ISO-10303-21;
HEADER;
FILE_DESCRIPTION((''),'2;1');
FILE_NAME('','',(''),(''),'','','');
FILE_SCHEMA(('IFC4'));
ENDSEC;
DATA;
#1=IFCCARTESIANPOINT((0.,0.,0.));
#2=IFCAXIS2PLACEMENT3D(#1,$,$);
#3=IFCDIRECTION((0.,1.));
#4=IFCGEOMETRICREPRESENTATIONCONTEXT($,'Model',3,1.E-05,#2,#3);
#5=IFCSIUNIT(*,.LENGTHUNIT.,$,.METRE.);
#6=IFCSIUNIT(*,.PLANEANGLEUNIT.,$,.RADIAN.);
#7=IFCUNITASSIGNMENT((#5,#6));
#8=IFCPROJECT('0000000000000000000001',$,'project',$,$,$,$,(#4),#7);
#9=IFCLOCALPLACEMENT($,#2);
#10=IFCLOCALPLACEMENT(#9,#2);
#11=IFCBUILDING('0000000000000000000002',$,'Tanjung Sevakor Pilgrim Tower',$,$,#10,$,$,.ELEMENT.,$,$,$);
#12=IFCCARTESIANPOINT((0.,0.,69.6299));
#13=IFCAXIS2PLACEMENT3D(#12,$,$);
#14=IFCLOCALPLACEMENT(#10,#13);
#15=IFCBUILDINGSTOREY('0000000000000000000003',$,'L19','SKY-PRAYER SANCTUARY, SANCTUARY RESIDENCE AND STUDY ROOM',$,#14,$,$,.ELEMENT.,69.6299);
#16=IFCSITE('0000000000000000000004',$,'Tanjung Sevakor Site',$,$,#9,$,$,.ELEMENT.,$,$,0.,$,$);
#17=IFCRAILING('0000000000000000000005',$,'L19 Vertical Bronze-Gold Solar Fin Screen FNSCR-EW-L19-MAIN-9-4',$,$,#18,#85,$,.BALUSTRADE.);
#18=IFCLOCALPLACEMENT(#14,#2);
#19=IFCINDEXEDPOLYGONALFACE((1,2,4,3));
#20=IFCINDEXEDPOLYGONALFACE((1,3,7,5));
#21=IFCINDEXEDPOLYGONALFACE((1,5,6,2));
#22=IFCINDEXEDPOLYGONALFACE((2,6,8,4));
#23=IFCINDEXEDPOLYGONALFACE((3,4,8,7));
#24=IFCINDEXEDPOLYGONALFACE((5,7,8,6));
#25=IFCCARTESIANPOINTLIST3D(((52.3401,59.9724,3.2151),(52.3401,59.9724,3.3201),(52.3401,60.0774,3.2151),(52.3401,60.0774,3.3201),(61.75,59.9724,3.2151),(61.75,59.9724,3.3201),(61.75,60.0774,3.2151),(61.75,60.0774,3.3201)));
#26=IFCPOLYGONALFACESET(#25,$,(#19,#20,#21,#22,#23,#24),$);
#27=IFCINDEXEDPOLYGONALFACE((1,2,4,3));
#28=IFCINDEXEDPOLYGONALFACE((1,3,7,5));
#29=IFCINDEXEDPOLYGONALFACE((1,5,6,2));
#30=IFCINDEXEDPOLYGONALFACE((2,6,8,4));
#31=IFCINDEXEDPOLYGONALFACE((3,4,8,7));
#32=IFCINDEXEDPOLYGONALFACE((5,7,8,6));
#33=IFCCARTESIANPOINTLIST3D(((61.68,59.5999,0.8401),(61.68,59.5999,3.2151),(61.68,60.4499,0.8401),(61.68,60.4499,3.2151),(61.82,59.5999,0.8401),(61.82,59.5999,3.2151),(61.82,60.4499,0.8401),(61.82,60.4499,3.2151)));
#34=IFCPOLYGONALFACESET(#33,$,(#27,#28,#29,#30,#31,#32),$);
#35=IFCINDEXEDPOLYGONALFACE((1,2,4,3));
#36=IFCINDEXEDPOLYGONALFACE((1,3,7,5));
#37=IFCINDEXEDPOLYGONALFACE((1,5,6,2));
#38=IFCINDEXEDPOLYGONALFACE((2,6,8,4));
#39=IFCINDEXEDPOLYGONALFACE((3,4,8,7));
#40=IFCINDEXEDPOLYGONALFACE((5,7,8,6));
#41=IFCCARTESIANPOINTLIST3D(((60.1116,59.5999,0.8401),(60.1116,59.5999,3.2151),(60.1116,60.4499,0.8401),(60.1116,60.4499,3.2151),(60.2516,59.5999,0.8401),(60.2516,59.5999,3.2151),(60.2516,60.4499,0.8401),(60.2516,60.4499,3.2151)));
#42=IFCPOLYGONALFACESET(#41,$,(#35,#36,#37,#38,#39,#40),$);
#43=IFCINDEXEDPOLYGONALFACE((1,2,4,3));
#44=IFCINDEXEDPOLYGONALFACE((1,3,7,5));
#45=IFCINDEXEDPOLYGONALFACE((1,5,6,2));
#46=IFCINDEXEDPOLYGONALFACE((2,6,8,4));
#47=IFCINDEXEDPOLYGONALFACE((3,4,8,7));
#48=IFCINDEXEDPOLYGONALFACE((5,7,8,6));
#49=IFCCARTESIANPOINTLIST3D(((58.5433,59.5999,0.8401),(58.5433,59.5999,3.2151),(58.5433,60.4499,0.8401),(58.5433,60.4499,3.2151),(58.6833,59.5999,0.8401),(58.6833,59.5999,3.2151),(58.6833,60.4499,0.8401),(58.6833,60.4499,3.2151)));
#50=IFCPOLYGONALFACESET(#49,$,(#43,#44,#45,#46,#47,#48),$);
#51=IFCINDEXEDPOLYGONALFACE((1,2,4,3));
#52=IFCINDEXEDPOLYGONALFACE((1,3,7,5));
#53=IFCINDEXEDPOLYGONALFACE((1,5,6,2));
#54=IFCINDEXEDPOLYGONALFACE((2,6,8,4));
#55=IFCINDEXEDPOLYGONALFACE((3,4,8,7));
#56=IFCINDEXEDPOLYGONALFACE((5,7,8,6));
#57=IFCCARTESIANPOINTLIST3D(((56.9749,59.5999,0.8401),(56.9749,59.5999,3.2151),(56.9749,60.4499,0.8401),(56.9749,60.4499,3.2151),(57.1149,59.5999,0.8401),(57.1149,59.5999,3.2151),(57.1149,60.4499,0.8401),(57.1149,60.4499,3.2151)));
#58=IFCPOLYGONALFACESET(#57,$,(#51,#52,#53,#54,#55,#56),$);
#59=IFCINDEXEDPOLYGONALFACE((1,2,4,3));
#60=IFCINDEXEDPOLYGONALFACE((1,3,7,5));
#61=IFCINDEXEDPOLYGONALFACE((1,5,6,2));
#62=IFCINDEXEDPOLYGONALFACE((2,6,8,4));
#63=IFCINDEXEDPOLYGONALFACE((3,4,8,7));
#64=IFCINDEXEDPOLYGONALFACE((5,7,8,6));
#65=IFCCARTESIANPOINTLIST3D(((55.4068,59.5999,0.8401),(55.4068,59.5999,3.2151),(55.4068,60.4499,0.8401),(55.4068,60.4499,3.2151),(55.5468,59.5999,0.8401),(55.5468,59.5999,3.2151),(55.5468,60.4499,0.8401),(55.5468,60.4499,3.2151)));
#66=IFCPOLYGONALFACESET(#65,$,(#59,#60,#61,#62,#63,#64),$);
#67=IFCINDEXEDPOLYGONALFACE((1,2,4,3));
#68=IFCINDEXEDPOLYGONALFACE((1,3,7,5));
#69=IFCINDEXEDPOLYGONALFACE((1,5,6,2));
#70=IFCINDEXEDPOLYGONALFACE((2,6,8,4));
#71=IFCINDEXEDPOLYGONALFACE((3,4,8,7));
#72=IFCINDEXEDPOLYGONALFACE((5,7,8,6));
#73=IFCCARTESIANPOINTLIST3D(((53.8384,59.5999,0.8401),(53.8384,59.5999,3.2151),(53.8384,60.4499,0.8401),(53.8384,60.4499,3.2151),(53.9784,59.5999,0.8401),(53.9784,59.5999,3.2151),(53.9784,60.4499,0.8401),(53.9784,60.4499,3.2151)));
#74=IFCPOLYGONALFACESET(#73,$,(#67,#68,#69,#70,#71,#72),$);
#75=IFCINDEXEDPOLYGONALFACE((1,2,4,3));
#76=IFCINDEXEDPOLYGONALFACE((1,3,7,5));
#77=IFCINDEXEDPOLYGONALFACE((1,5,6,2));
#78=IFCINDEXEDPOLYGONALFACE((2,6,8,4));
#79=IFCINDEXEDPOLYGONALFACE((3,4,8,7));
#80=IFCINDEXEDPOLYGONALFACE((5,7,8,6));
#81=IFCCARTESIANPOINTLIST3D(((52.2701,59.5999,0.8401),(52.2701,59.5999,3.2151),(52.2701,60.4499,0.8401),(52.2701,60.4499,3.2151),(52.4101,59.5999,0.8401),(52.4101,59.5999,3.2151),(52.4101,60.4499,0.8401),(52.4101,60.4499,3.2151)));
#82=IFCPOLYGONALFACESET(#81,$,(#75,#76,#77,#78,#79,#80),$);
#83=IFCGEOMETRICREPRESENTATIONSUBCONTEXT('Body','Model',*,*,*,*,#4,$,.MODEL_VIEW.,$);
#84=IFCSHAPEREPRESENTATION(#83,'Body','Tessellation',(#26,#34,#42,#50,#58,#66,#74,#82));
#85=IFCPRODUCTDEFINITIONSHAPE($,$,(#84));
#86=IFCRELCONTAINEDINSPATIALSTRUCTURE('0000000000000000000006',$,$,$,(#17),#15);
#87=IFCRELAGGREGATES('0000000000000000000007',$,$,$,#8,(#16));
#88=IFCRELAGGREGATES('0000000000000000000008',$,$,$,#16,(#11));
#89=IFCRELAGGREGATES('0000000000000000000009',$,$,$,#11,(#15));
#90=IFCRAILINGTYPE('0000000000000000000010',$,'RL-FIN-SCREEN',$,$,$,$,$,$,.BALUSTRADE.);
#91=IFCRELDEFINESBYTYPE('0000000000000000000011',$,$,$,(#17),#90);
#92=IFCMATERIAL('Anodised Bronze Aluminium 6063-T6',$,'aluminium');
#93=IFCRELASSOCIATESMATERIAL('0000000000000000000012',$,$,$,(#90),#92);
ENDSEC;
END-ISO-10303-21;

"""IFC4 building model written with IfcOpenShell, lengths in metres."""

from ifc_helpers import new_model, si_unit, direction, frame, origin, place, context, subcontext, project, spatial, rectangle, extrude, material, type_object, element, save


model = new_model("IFC4")

# Units and contexts
model_context = context("Model", 3, precision=1e-05, world=origin(), true_north=direction((0.0, 1.0)))
body_context = subcontext(model_context, "Body", "Model", "MODEL_VIEW")
ifc_project = project(units=[si_unit("LENGTHUNIT", "METRE"), si_unit("PLANEANGLEUNIT", "RADIAN")], contexts=[model_context])

# Site, building, storey
site_placement = place(None, origin())
site = spatial("IfcSite", under=ifc_project, at=site_placement, Name="Tanjung Sevakor Site", CompositionType="ELEMENT", RefElevation=0.0)
building_placement = place(site_placement, origin())
building = spatial("IfcBuilding", under=site, at=building_placement, Name="Tanjung Sevakor Pilgrim Tower", CompositionType="ELEMENT")
storey_placement = place(building_placement, frame((0.0, 0.0, 69.6299)))
storey = spatial("IfcBuildingStorey", under=building, at=storey_placement, Name="L19", Description="SKY-PRAYER SANCTUARY, SANCTUARY RESIDENCE AND STUDY ROOM", CompositionType="ELEMENT", Elevation=69.6299)

# Railing
ifc_material_1 = material(Name="Anodised Bronze Aluminium 6063-T6", Category="aluminium")
railing_type_1 = type_object("IfcRailingType", Name="RL-FIN-SCREEN", PredefinedType="BALUSTRADE", material=ifc_material_1)
railing_1_placement = place(storey_placement, frame((61.75, 60.0249, 0.8401)))
element("IfcRailing", 1, at=railing_1_placement, inside=storey, type_object=railing_type_1, Name="L19 Vertical Bronze-Gold Solar Fin Screen FNSCR-EW-L19-MAIN-9-4", PredefinedType="BALUSTRADE", context=body_context, shape_type="SweptSolid", body=[
    extrude(rectangle(XDim=0.105, YDim=0.105), frame((0.0, 0.0, 2.4275), z_axis=(-1.0, 0.0, 0.0), x_axis=(0.0, -1.0, 0.0)), (0.0, 0.0, 1.0), 9.4099),
    extrude(rectangle(XDim=0.14, YDim=0.85), origin(), (0.0, 0.0, 1.0), 2.375),
    extrude(rectangle(XDim=0.14, YDim=0.85), frame((-1.5684, 0.0, 0.0)), (0.0, 0.0, 1.0), 2.375),
    extrude(rectangle(XDim=0.14, YDim=0.85), frame((-3.1367, 0.0, 0.0)), (0.0, 0.0, 1.0), 2.375),
    extrude(rectangle(XDim=0.14, YDim=0.85), frame((-4.7051, 0.0, 0.0)), (0.0, 0.0, 1.0), 2.375),
    extrude(rectangle(XDim=0.14, YDim=0.85), frame((-6.2732, 0.0, 0.0)), (0.0, 0.0, 1.0), 2.375),
    extrude(rectangle(XDim=0.14, YDim=0.85), frame((-7.8416, 0.0, 0.0)), (0.0, 0.0, 1.0), 2.375),
    extrude(rectangle(XDim=0.14, YDim=0.85), frame((-9.4099, 0.0, 0.0)), (0.0, 0.0, 1.0), 2.375),
])

save(model, "model.ifc")
